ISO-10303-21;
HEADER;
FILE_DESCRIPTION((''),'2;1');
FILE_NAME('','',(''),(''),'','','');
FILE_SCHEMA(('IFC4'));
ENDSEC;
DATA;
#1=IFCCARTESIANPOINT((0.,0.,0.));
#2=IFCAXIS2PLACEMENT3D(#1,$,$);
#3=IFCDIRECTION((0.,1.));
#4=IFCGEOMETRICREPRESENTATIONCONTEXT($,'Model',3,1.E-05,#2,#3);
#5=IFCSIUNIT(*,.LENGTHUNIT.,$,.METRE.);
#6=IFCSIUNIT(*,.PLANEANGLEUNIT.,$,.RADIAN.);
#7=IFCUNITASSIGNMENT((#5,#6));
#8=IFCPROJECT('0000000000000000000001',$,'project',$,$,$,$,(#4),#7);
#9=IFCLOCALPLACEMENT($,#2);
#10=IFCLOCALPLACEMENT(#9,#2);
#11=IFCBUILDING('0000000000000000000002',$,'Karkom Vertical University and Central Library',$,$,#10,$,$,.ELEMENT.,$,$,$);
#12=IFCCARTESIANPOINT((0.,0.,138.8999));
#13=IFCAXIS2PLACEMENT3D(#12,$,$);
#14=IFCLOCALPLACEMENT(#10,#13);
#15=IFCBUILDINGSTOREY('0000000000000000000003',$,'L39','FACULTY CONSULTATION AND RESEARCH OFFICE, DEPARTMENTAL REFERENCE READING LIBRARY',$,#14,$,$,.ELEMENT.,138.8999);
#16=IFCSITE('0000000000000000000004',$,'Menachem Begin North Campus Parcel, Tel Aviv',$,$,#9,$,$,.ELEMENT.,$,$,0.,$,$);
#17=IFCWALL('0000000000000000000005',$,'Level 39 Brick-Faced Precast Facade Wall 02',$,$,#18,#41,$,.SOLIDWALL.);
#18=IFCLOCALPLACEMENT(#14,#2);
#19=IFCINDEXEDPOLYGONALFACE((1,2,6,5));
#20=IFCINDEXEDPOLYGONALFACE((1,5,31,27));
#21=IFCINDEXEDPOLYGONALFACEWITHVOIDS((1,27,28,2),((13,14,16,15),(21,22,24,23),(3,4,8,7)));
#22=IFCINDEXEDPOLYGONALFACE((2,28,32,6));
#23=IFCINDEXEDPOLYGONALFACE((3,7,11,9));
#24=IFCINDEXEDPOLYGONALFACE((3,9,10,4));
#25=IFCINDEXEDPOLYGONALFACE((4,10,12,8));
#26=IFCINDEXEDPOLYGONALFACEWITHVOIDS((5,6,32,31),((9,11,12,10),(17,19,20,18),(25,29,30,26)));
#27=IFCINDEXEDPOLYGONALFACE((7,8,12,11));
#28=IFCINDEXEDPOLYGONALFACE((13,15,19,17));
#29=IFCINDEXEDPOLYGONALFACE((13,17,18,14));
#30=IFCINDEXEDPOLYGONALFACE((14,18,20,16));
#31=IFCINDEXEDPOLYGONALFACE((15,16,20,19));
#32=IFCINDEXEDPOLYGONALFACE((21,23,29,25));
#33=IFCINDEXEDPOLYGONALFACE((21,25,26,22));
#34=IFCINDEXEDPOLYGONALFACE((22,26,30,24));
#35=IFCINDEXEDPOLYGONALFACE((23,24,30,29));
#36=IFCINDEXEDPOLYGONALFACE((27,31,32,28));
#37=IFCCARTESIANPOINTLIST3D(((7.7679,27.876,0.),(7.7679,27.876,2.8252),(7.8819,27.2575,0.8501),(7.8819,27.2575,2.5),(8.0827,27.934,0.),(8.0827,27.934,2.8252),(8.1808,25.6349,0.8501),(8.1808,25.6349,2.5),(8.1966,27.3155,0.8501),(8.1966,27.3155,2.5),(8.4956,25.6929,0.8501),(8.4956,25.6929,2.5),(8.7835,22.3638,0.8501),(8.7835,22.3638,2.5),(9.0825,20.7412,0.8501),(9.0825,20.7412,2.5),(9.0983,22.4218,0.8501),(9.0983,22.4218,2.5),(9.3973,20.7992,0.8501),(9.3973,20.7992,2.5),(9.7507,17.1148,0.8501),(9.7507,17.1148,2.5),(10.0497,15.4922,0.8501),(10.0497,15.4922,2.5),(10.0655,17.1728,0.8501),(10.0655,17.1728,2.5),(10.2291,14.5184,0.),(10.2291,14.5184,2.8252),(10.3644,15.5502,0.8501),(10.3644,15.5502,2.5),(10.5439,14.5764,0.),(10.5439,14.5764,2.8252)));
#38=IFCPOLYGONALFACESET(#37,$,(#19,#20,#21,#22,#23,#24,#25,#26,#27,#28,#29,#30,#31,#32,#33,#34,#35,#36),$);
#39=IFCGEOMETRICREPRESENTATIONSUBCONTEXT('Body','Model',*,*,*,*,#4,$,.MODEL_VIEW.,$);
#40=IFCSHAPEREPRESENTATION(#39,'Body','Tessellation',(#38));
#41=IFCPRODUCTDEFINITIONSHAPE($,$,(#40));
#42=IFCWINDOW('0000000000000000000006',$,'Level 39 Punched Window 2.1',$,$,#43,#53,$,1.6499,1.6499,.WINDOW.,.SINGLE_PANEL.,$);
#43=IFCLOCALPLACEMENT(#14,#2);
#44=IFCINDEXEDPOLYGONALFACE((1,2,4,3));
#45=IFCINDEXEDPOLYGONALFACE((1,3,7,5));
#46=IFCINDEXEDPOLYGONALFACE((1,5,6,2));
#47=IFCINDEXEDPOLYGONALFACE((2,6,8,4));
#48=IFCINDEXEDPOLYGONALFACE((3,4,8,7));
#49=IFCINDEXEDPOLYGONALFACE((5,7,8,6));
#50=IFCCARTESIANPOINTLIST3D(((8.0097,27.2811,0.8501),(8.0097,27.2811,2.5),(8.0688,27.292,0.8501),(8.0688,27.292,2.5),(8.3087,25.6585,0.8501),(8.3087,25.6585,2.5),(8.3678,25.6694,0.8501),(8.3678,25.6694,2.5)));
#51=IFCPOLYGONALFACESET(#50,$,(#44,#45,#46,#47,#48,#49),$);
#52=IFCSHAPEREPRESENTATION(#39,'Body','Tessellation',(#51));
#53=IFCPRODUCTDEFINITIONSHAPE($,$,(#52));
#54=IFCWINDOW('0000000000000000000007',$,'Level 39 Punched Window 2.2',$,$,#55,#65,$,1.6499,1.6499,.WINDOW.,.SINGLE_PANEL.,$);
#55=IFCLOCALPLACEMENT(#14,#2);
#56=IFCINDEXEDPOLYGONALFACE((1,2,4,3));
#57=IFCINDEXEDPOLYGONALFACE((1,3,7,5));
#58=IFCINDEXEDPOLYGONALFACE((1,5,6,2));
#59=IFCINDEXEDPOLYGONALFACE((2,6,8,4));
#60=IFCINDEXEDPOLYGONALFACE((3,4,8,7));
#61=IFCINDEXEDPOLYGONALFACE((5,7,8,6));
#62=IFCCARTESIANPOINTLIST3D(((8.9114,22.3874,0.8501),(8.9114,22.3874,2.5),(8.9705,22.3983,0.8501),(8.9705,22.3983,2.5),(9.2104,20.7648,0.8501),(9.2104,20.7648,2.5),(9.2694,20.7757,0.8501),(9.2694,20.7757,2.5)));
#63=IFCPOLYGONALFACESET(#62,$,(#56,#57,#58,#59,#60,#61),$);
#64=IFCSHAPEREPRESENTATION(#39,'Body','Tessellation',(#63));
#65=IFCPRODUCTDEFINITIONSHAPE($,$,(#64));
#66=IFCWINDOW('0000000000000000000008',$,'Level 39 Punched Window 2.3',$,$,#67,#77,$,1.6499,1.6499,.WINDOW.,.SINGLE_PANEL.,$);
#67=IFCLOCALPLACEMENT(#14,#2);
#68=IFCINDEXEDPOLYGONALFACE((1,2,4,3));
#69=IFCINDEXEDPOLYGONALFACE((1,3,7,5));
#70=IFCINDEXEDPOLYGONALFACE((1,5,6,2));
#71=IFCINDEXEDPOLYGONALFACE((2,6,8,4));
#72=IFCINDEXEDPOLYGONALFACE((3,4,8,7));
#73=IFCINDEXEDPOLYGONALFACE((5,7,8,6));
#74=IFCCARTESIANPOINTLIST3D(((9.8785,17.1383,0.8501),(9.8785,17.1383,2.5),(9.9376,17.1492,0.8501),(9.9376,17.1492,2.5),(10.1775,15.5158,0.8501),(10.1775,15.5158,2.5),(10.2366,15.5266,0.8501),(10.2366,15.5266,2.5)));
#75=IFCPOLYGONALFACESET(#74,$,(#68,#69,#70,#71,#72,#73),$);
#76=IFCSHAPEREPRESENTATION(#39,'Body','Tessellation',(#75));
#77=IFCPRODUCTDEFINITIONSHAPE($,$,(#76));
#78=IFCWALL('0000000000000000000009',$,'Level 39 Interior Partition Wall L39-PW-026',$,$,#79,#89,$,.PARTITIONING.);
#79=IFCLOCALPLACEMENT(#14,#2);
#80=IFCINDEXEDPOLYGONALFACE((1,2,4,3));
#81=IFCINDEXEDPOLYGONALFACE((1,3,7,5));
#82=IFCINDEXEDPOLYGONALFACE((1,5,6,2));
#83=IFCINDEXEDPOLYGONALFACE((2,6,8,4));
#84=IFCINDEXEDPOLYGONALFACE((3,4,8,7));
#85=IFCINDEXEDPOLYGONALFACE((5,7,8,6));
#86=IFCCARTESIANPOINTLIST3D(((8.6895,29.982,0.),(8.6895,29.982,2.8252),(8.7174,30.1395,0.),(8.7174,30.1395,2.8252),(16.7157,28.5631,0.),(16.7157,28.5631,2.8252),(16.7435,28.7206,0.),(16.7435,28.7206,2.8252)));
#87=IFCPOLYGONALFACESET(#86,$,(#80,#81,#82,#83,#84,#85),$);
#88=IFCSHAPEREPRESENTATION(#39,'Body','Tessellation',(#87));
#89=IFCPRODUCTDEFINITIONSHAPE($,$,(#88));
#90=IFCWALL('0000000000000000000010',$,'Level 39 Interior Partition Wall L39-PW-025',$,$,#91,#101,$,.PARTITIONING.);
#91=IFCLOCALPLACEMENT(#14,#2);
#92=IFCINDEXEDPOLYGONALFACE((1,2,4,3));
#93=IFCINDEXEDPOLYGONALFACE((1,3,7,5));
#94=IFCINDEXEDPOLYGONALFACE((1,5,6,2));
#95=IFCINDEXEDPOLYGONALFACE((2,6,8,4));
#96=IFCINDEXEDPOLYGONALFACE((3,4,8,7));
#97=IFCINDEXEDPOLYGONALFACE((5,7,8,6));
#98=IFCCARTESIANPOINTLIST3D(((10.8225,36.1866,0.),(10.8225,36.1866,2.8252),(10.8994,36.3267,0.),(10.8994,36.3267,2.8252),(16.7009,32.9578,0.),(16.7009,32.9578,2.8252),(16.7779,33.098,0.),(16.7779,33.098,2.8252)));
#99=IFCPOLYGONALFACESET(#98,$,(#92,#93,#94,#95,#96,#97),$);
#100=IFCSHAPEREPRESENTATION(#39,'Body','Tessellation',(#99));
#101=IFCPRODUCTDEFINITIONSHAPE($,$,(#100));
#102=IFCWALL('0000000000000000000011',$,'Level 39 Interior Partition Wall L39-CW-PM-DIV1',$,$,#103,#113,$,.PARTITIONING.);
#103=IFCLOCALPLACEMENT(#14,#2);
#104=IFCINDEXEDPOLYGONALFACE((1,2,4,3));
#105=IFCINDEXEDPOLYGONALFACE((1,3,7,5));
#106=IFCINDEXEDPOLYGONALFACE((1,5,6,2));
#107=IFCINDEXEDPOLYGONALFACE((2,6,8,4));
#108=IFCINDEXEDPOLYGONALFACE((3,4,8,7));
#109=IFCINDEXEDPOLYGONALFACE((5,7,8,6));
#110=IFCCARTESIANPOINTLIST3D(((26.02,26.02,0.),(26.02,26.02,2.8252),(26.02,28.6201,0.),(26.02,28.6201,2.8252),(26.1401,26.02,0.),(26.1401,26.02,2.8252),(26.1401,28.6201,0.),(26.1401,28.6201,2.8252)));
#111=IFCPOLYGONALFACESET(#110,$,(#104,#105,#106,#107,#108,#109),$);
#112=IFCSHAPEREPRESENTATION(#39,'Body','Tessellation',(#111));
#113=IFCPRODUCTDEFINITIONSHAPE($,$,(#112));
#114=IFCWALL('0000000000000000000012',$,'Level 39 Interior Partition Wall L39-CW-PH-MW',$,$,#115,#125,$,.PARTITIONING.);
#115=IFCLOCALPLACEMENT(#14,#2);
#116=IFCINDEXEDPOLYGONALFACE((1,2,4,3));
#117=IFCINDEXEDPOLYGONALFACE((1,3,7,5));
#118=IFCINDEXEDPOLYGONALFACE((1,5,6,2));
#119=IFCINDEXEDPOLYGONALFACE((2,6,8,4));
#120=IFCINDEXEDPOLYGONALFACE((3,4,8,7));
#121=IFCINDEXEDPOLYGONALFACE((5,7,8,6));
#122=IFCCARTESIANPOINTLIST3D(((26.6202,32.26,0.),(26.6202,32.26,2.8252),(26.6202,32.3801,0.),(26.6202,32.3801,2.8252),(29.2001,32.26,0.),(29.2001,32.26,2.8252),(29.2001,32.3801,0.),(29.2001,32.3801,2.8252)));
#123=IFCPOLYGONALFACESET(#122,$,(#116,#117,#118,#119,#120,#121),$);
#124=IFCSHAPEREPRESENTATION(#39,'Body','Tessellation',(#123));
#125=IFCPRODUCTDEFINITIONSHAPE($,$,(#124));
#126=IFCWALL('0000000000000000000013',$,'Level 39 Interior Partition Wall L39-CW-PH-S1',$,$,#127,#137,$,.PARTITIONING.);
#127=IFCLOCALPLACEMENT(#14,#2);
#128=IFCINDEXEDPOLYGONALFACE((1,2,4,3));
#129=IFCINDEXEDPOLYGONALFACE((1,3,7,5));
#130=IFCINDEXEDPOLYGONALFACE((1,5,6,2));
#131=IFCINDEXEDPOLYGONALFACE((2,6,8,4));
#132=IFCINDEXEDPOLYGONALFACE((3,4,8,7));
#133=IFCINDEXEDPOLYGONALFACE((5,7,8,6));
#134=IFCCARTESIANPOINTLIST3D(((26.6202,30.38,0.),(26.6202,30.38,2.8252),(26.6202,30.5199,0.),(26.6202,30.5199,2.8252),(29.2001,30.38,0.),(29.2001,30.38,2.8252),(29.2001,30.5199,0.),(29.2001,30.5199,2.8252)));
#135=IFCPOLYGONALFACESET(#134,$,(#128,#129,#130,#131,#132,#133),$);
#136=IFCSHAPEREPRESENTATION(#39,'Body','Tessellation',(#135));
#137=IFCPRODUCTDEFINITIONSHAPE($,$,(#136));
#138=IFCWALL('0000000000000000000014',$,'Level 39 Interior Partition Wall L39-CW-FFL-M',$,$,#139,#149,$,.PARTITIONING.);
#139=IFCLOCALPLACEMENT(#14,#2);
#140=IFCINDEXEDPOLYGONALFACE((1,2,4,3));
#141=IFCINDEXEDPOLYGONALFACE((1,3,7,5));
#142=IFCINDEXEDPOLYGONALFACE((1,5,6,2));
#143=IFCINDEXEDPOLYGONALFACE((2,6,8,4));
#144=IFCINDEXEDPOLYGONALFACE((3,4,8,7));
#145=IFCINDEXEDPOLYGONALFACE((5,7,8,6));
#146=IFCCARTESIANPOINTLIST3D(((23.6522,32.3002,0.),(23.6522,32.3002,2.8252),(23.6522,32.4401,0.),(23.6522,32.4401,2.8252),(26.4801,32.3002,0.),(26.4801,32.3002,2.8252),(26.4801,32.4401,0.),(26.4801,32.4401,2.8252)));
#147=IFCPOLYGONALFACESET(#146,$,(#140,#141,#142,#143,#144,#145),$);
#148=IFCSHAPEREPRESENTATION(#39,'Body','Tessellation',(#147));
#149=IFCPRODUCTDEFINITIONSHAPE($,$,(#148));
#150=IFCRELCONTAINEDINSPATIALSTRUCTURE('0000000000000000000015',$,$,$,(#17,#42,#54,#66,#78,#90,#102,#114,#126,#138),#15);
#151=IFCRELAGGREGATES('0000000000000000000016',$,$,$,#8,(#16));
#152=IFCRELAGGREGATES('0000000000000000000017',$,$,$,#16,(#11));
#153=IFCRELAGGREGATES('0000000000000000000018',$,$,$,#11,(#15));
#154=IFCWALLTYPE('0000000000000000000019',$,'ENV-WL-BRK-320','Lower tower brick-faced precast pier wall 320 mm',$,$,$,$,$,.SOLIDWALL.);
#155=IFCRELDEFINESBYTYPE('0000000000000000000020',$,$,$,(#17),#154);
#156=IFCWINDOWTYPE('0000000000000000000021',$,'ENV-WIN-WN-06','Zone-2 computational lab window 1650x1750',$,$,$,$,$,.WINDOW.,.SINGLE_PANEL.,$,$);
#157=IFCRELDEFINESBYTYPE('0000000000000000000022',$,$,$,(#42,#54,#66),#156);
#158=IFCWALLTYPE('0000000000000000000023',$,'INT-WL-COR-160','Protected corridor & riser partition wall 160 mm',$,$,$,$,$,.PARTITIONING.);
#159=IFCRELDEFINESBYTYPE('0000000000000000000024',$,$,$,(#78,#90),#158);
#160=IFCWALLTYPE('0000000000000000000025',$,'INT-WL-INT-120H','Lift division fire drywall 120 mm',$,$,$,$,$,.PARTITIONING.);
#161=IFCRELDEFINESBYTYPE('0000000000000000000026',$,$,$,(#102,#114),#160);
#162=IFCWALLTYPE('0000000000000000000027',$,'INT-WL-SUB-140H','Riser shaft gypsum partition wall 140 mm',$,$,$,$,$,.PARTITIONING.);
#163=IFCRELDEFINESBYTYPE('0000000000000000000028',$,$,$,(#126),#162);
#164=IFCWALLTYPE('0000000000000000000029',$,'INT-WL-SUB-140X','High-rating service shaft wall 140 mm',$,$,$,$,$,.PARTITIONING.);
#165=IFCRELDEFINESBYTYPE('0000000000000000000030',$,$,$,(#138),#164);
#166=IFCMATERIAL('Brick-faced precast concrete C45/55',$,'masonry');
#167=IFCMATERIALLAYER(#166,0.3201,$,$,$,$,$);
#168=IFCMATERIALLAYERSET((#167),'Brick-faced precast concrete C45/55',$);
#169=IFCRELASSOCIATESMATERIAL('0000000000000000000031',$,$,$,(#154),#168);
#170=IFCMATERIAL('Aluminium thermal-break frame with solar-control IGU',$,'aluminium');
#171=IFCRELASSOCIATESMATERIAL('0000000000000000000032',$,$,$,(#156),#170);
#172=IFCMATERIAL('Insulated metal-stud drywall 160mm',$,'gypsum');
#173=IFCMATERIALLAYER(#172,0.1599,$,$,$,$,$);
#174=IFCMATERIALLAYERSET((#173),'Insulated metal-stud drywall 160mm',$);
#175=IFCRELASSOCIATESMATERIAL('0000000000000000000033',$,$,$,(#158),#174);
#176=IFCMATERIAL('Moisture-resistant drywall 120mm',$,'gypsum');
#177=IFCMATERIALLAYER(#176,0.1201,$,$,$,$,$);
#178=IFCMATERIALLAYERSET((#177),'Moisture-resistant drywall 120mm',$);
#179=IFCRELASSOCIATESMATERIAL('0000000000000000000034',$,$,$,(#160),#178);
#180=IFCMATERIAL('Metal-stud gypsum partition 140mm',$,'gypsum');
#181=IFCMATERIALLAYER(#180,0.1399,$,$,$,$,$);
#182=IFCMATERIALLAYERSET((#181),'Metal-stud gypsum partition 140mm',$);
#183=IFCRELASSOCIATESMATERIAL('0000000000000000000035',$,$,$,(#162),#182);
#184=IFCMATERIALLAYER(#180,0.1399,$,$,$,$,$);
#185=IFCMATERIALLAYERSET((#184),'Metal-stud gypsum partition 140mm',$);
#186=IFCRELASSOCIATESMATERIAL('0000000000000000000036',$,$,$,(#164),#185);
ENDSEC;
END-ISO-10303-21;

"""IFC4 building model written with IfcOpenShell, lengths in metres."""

from ifc_helpers import new_model, si_unit, direction, frame, frame_2d, origin, origin_with_axes, place, context, subcontext, project, spatial, rectangle, extrude, source, transform, mapped, material, layer, layer_set, type_object, element, fill, save


model = new_model("IFC4")

# Units and contexts
model_context = context("Model", 3, precision=1e-05, world=origin(), true_north=direction((0.0, 1.0)))
body_context = subcontext(model_context, "Body", "Model", "MODEL_VIEW")
ifc_project = project(units=[si_unit("LENGTHUNIT", "METRE"), si_unit("PLANEANGLEUNIT", "RADIAN")], contexts=[model_context])

# Site, building, storey
site_placement = place(None, origin())
site = spatial("IfcSite", under=ifc_project, at=site_placement, Name="Menachem Begin North Campus Parcel, Tel Aviv", CompositionType="ELEMENT", RefElevation=0.0)
building_placement = place(site_placement, origin())
building = spatial("IfcBuilding", under=site, at=building_placement, Name="Karkom Vertical University and Central Library", CompositionType="ELEMENT")
storey_placement = place(building_placement, frame((0.0, 0.0, 138.8999)))
storey = spatial("IfcBuildingStorey", under=building, at=storey_placement, Name="L39", Description="FACULTY CONSULTATION AND RESEARCH OFFICE, DEPARTMENTAL REFERENCE READING LIBRARY", CompositionType="ELEMENT", Elevation=138.8999)

# Wall, openings, windows
ifc_material_1 = material(Name="Brick-faced precast concrete C45/55", Category="masonry")
ifc_layer_1 = layer(ifc_material_1, 0.3201)
ifc_layer_set_1 = layer_set([ifc_layer_1], Name="Brick-faced precast concrete C45/55")
wall_type_1 = type_object("IfcWallType", Name="ENV-WL-BRK-320", Description="Lower tower brick-faced precast pier wall 320 mm", PredefinedType="SOLIDWALL", material=ifc_layer_set_1)
wall_1_placement = place(storey_placement, frame((7.9253, 27.905, 0.0), z_axis=(0.0, 0.0, 1.0), x_axis=(0.181202, -0.983446, 0.0)))
wall_1 = element("IfcWall", 1, at=wall_1_placement, inside=storey, type_object=wall_type_1, Name="Level 39 Brick-Faced Precast Facade Wall 02", PredefinedType="SOLIDWALL", context=body_context, shape_type="SweptSolid", body=[
    extrude(rectangle(XDim=13.5825, YDim=0.3201, at=frame_2d((6.7913, 0.0))), origin(), (0.0, 0.0, 1.0), 2.8252),
])
opening_1_placement = place(wall_1_placement, frame((0.6289, 0.0, 0.8501)))
opening_1 = element("IfcOpeningElement", 2, at=opening_1_placement, cuts=wall_1, PredefinedType="OPENING", context=body_context, shape_type="SweptSolid", body=[
    extrude(rectangle(XDim=1.6499, YDim=1.6499, at=frame_2d((0.825, 0.825))), frame((0.0, 0.1699, 0.0), z_axis=(0.0, -1.0, 0.0), x_axis=(1.0, 0.0, 0.0)), (0.0, 0.0, 1.0), 0.3401),
])
opening_2_placement = place(wall_1_placement, frame((5.605, 0.0, 0.8501)))
opening_2 = element("IfcOpeningElement", 3, at=opening_2_placement, cuts=wall_1, PredefinedType="OPENING", context=body_context, shape_type="SweptSolid", body=[
    extrude(rectangle(XDim=1.6499, YDim=1.6499, at=frame_2d((0.825, 0.825))), frame((0.0, 0.1699, 0.0), z_axis=(0.0, -1.0, 0.0), x_axis=(1.0, 0.0, 0.0)), (0.0, 0.0, 1.0), 0.3401),
])
opening_3_placement = place(wall_1_placement, frame((10.9424, 0.0, 0.8501)))
opening_3 = element("IfcOpeningElement", 4, at=opening_3_placement, cuts=wall_1, PredefinedType="OPENING", context=body_context, shape_type="SweptSolid", body=[
    extrude(rectangle(XDim=1.6499, YDim=1.6499, at=frame_2d((0.825, 0.825))), frame((0.0, 0.1699, 0.0), z_axis=(0.0, -1.0, 0.0), x_axis=(1.0, 0.0, 0.0)), (0.0, 0.0, 1.0), 0.3401),
])
ifc_material_2 = material(Name="Aluminium thermal-break frame with solar-control IGU", Category="aluminium")
window_type = type_object("IfcWindowType", Name="ENV-WIN-WN-06", Description="Zone-2 computational lab window 1650x1750", PartitioningType="SINGLE_PANEL", PredefinedType="WINDOW", material=ifc_material_2)
shared_shape_1 = source(origin_with_axes(), body_context, "Body", "SweptSolid", [
    extrude(rectangle(XDim=1.6499, YDim=1.6499, at=frame_2d((0.825, 0.825))), frame((0.0, 0.03, 0.0), z_axis=(0.0, -1.0, 0.0), x_axis=(1.0, 0.0, 0.0)), (0.0, 0.0, 1.0), 0.0601),
])
window_1_placement = place(opening_1_placement, origin())
window_1 = element("IfcWindow", 5, at=window_1_placement, inside=storey, type_object=window_type, Name="Level 39 Punched Window 2.1", OverallHeight=1.6499, OverallWidth=1.6499, PartitioningType="SINGLE_PANEL", PredefinedType="WINDOW", context=body_context, shape_type="MappedRepresentation", body=[
    mapped(shared_shape_1, transform((0.0, 0.0, 0.0), scale=1.0)),
])
fill(opening_1, window_1)
window_2_placement = place(opening_2_placement, origin())
window_2 = element("IfcWindow", 6, at=window_2_placement, inside=storey, type_object=window_type, Name="Level 39 Punched Window 2.2", OverallHeight=1.6499, OverallWidth=1.6499, PartitioningType="SINGLE_PANEL", PredefinedType="WINDOW", context=body_context, shape_type="MappedRepresentation", body=[
    mapped(shared_shape_1, transform((0.0, 0.0, 0.0), scale=1.0)),
])
fill(opening_2, window_2)
window_3_placement = place(opening_3_placement, origin())
window_3 = element("IfcWindow", 7, at=window_3_placement, inside=storey, type_object=window_type, Name="Level 39 Punched Window 2.3", OverallHeight=1.6499, OverallWidth=1.6499, PartitioningType="SINGLE_PANEL", PredefinedType="WINDOW", context=body_context, shape_type="MappedRepresentation", body=[
    mapped(shared_shape_1, transform((0.0, 0.0, 0.0), scale=1.0)),
])
fill(opening_3, window_3)

# Walls
ifc_material_3 = material(Name="Insulated metal-stud drywall 160mm", Category="gypsum")
ifc_layer_2 = layer(ifc_material_3, 0.1599)
ifc_layer_set_2 = layer_set([ifc_layer_2], Name="Insulated metal-stud drywall 160mm")
wall_type_2 = type_object("IfcWallType", Name="INT-WL-COR-160", Description="Protected corridor & riser partition wall 160 mm", PredefinedType="PARTITIONING", material=ifc_layer_set_2)
wall_2_placement = place(storey_placement, frame((16.7295, 28.6418, 0.0), z_axis=(0.0, 0.0, 1.0), x_axis=(-0.98473, 0.174091, 0.0)))
element("IfcWall", 8, at=wall_2_placement, inside=storey, type_object=wall_type_2, Name="Level 39 Interior Partition Wall L39-PW-026", PredefinedType="PARTITIONING", context=body_context, shape_type="SweptSolid", body=[
    extrude(rectangle(XDim=8.1506, YDim=0.1599, at=frame_2d((4.0752, 0.0))), origin(), (0.0, 0.0, 1.0), 2.8252),
])
wall_3_placement = place(storey_placement, frame((16.7395, 33.0278, 0.0), z_axis=(0.0, 0.0, 1.0), x_axis=(-0.876491, 0.481418, 0.0)))
element("IfcWall", 9, at=wall_3_placement, inside=storey, type_object=wall_type_2, Name="Level 39 Interior Partition Wall L39-PW-025", PredefinedType="PARTITIONING", context=body_context, shape_type="SweptSolid", body=[
    extrude(rectangle(XDim=6.7068, YDim=0.1599, at=frame_2d((3.3535, 0.0))), origin(), (0.0, 0.0, 1.0), 2.8252),
])
ifc_material_4 = material(Name="Moisture-resistant drywall 120mm", Category="gypsum")
ifc_layer_3 = layer(ifc_material_4, 0.1201)
ifc_layer_set_3 = layer_set([ifc_layer_3], Name="Moisture-resistant drywall 120mm")
wall_type_3 = type_object("IfcWallType", Name="INT-WL-INT-120H", Description="Lift division fire drywall 120 mm", PredefinedType="PARTITIONING", material=ifc_layer_set_3)
wall_4_placement = place(storey_placement, frame((26.0801, 26.02, 0.0), z_axis=(0.0, 0.0, 1.0), x_axis=(0.0, 1.0, 0.0)))
element("IfcWall", 10, at=wall_4_placement, inside=storey, type_object=wall_type_3, Name="Level 39 Interior Partition Wall L39-CW-PM-DIV1", PredefinedType="PARTITIONING", context=body_context, shape_type="SweptSolid", body=[
    extrude(rectangle(XDim=2.6001, YDim=0.1201, at=frame_2d((1.3, 0.0))), origin(), (0.0, 0.0, 1.0), 2.8252),
])
wall_5_placement = place(storey_placement, frame((26.6201, 32.3201, 0.0), z_axis=(0.0, 0.0, 1.0), x_axis=(1.0, 0.0, 0.0)))
element("IfcWall", 11, at=wall_5_placement, inside=storey, type_object=wall_type_3, Name="Level 39 Interior Partition Wall L39-CW-PH-MW", PredefinedType="PARTITIONING", context=body_context, shape_type="SweptSolid", body=[
    extrude(rectangle(XDim=2.5798, YDim=0.1201, at=frame_2d((1.29, 0.0))), origin(), (0.0, 0.0, 1.0), 2.8252),
])
ifc_material_5 = material(Name="Metal-stud gypsum partition 140mm", Category="gypsum")
ifc_layer_4 = layer(ifc_material_5, 0.1399)
ifc_layer_set_4 = layer_set([ifc_layer_4], Name="Metal-stud gypsum partition 140mm")
wall_type_4 = type_object("IfcWallType", Name="INT-WL-SUB-140H", Description="Riser shaft gypsum partition wall 140 mm", PredefinedType="PARTITIONING", material=ifc_layer_set_4)
wall_6_placement = place(storey_placement, frame((26.6201, 30.45, 0.0), z_axis=(0.0, 0.0, 1.0), x_axis=(1.0, 0.0, 0.0)))
element("IfcWall", 12, at=wall_6_placement, inside=storey, type_object=wall_type_4, Name="Level 39 Interior Partition Wall L39-CW-PH-S1", PredefinedType="PARTITIONING", context=body_context, shape_type="SweptSolid", body=[
    extrude(rectangle(XDim=2.5798, YDim=0.1399, at=frame_2d((1.29, 0.0))), origin(), (0.0, 0.0, 1.0), 2.8252),
])
ifc_layer_5 = layer(ifc_material_5, 0.1399)
ifc_layer_set_5 = layer_set([ifc_layer_5], Name="Metal-stud gypsum partition 140mm")
wall_type_5 = type_object("IfcWallType", Name="INT-WL-SUB-140X", Description="High-rating service shaft wall 140 mm", PredefinedType="PARTITIONING", material=ifc_layer_set_5)
wall_7_placement = place(storey_placement, frame((23.6521, 32.3701, 0.0), z_axis=(0.0, 0.0, 1.0), x_axis=(1.0, 0.0, 0.0)))
element("IfcWall", 13, at=wall_7_placement, inside=storey, type_object=wall_type_5, Name="Level 39 Interior Partition Wall L39-CW-FFL-M", PredefinedType="PARTITIONING", context=body_context, shape_type="SweptSolid", body=[
    extrude(rectangle(XDim=2.8279, YDim=0.1399, at=frame_2d((1.4141, 0.0))), origin(), (0.0, 0.0, 1.0), 2.8252),
])

save(model, "model.ifc")
